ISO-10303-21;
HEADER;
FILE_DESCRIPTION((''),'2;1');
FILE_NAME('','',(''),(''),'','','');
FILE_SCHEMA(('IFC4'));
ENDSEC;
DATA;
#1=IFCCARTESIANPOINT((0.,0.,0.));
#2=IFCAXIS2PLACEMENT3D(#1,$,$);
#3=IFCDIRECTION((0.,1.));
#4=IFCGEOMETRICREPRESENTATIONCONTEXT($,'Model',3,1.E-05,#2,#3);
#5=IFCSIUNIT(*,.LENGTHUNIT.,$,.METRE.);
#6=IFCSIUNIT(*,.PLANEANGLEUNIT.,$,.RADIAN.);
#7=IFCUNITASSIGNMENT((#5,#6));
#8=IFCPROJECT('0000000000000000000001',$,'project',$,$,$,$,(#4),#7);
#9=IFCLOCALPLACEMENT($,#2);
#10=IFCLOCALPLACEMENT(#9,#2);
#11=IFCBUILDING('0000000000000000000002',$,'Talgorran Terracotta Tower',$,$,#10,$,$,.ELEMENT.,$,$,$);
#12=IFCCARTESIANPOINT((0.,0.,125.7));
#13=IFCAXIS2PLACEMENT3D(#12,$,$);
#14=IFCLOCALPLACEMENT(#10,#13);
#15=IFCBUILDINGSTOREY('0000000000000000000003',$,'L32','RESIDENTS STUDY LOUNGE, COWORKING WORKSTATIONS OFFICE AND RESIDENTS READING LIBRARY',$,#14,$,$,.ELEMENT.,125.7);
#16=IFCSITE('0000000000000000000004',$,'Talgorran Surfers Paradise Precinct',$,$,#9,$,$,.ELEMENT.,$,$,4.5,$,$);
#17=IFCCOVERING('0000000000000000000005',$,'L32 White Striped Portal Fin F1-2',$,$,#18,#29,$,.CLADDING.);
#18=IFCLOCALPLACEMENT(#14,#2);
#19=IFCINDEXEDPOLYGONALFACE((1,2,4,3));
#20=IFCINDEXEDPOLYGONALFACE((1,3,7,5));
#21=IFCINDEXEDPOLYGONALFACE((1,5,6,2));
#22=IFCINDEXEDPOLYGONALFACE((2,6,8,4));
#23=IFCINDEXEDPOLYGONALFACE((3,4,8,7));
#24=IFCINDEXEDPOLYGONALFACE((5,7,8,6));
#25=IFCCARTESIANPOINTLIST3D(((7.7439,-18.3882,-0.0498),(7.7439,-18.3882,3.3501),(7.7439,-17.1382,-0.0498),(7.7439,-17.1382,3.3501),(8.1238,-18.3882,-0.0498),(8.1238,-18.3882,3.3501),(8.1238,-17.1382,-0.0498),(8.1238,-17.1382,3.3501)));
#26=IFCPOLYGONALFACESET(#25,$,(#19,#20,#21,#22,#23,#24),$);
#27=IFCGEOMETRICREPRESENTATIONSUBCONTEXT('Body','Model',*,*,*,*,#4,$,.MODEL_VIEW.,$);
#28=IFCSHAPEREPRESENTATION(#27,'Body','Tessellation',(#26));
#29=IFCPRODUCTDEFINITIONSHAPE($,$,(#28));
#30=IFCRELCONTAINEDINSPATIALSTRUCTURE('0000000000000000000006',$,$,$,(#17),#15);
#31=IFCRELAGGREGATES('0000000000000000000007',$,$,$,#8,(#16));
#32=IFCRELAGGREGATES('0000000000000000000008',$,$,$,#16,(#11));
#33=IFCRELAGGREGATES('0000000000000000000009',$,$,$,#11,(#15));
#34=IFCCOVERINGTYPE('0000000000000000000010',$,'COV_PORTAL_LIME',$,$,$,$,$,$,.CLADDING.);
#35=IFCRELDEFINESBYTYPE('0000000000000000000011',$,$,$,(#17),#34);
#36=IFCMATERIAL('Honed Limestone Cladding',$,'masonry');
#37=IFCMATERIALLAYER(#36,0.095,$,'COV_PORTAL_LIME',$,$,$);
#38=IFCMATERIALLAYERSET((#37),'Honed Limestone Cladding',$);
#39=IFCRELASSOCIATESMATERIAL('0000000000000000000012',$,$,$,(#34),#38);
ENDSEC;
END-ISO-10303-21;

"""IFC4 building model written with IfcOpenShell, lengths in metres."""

from ifc_helpers import new_model, si_unit, direction, frame, origin, origin_2d, place, context, subcontext, project, spatial, rectangle, extrude, material, layer, layer_set, type_object, element, save


model = new_model("IFC4")

# Units and contexts
model_context = context("Model", 3, precision=1e-05, world=origin(), true_north=direction((0.0, 1.0)))
body_context = subcontext(model_context, "Body", "Model", "MODEL_VIEW")
ifc_project = project(units=[si_unit("LENGTHUNIT", "METRE"), si_unit("PLANEANGLEUNIT", "RADIAN")], contexts=[model_context])

# Site, building, storey
site_placement = place(None, origin())
site = spatial("IfcSite", under=ifc_project, at=site_placement, Name="Talgorran Surfers Paradise Precinct", CompositionType="ELEMENT", RefElevation=4.5)
building_placement = place(site_placement, origin())
building = spatial("IfcBuilding", under=site, at=building_placement, Name="Talgorran Terracotta Tower", CompositionType="ELEMENT")
storey_placement = place(building_placement, frame((0.0, 0.0, 125.7)))
storey = spatial("IfcBuildingStorey", under=building, at=storey_placement, Name="L32", Description="RESIDENTS STUDY LOUNGE, COWORKING WORKSTATIONS OFFICE AND RESIDENTS READING LIBRARY", CompositionType="ELEMENT", Elevation=125.7)

# Covering
ifc_material_1 = material(Name="Honed Limestone Cladding", Category="masonry")
ifc_layer_1 = layer(ifc_material_1, 0.095, Name="COV_PORTAL_LIME")
ifc_layer_set_1 = layer_set([ifc_layer_1], Name="Honed Limestone Cladding")
covering_type_1 = type_object("IfcCoveringType", Name="COV_PORTAL_LIME", PredefinedType="CLADDING", material=ifc_layer_set_1)
covering_1_placement = place(storey_placement, frame((7.9338, -17.7632, -0.0498), z_axis=(0.0, 0.0, 1.0), x_axis=(1.0, 0.0, 0.0)))
element("IfcCovering", 1, at=covering_1_placement, inside=storey, type_object=covering_type_1, Name="L32 White Striped Portal Fin F1-2", PredefinedType="CLADDING", context=body_context, shape_type="SweptSolid", body=[
    extrude(rectangle(XDim=0.3799, YDim=1.25, at=origin_2d()), origin(), (0.0, 0.0, 1.0), 3.3999),
])

save(model, "model.ifc")
